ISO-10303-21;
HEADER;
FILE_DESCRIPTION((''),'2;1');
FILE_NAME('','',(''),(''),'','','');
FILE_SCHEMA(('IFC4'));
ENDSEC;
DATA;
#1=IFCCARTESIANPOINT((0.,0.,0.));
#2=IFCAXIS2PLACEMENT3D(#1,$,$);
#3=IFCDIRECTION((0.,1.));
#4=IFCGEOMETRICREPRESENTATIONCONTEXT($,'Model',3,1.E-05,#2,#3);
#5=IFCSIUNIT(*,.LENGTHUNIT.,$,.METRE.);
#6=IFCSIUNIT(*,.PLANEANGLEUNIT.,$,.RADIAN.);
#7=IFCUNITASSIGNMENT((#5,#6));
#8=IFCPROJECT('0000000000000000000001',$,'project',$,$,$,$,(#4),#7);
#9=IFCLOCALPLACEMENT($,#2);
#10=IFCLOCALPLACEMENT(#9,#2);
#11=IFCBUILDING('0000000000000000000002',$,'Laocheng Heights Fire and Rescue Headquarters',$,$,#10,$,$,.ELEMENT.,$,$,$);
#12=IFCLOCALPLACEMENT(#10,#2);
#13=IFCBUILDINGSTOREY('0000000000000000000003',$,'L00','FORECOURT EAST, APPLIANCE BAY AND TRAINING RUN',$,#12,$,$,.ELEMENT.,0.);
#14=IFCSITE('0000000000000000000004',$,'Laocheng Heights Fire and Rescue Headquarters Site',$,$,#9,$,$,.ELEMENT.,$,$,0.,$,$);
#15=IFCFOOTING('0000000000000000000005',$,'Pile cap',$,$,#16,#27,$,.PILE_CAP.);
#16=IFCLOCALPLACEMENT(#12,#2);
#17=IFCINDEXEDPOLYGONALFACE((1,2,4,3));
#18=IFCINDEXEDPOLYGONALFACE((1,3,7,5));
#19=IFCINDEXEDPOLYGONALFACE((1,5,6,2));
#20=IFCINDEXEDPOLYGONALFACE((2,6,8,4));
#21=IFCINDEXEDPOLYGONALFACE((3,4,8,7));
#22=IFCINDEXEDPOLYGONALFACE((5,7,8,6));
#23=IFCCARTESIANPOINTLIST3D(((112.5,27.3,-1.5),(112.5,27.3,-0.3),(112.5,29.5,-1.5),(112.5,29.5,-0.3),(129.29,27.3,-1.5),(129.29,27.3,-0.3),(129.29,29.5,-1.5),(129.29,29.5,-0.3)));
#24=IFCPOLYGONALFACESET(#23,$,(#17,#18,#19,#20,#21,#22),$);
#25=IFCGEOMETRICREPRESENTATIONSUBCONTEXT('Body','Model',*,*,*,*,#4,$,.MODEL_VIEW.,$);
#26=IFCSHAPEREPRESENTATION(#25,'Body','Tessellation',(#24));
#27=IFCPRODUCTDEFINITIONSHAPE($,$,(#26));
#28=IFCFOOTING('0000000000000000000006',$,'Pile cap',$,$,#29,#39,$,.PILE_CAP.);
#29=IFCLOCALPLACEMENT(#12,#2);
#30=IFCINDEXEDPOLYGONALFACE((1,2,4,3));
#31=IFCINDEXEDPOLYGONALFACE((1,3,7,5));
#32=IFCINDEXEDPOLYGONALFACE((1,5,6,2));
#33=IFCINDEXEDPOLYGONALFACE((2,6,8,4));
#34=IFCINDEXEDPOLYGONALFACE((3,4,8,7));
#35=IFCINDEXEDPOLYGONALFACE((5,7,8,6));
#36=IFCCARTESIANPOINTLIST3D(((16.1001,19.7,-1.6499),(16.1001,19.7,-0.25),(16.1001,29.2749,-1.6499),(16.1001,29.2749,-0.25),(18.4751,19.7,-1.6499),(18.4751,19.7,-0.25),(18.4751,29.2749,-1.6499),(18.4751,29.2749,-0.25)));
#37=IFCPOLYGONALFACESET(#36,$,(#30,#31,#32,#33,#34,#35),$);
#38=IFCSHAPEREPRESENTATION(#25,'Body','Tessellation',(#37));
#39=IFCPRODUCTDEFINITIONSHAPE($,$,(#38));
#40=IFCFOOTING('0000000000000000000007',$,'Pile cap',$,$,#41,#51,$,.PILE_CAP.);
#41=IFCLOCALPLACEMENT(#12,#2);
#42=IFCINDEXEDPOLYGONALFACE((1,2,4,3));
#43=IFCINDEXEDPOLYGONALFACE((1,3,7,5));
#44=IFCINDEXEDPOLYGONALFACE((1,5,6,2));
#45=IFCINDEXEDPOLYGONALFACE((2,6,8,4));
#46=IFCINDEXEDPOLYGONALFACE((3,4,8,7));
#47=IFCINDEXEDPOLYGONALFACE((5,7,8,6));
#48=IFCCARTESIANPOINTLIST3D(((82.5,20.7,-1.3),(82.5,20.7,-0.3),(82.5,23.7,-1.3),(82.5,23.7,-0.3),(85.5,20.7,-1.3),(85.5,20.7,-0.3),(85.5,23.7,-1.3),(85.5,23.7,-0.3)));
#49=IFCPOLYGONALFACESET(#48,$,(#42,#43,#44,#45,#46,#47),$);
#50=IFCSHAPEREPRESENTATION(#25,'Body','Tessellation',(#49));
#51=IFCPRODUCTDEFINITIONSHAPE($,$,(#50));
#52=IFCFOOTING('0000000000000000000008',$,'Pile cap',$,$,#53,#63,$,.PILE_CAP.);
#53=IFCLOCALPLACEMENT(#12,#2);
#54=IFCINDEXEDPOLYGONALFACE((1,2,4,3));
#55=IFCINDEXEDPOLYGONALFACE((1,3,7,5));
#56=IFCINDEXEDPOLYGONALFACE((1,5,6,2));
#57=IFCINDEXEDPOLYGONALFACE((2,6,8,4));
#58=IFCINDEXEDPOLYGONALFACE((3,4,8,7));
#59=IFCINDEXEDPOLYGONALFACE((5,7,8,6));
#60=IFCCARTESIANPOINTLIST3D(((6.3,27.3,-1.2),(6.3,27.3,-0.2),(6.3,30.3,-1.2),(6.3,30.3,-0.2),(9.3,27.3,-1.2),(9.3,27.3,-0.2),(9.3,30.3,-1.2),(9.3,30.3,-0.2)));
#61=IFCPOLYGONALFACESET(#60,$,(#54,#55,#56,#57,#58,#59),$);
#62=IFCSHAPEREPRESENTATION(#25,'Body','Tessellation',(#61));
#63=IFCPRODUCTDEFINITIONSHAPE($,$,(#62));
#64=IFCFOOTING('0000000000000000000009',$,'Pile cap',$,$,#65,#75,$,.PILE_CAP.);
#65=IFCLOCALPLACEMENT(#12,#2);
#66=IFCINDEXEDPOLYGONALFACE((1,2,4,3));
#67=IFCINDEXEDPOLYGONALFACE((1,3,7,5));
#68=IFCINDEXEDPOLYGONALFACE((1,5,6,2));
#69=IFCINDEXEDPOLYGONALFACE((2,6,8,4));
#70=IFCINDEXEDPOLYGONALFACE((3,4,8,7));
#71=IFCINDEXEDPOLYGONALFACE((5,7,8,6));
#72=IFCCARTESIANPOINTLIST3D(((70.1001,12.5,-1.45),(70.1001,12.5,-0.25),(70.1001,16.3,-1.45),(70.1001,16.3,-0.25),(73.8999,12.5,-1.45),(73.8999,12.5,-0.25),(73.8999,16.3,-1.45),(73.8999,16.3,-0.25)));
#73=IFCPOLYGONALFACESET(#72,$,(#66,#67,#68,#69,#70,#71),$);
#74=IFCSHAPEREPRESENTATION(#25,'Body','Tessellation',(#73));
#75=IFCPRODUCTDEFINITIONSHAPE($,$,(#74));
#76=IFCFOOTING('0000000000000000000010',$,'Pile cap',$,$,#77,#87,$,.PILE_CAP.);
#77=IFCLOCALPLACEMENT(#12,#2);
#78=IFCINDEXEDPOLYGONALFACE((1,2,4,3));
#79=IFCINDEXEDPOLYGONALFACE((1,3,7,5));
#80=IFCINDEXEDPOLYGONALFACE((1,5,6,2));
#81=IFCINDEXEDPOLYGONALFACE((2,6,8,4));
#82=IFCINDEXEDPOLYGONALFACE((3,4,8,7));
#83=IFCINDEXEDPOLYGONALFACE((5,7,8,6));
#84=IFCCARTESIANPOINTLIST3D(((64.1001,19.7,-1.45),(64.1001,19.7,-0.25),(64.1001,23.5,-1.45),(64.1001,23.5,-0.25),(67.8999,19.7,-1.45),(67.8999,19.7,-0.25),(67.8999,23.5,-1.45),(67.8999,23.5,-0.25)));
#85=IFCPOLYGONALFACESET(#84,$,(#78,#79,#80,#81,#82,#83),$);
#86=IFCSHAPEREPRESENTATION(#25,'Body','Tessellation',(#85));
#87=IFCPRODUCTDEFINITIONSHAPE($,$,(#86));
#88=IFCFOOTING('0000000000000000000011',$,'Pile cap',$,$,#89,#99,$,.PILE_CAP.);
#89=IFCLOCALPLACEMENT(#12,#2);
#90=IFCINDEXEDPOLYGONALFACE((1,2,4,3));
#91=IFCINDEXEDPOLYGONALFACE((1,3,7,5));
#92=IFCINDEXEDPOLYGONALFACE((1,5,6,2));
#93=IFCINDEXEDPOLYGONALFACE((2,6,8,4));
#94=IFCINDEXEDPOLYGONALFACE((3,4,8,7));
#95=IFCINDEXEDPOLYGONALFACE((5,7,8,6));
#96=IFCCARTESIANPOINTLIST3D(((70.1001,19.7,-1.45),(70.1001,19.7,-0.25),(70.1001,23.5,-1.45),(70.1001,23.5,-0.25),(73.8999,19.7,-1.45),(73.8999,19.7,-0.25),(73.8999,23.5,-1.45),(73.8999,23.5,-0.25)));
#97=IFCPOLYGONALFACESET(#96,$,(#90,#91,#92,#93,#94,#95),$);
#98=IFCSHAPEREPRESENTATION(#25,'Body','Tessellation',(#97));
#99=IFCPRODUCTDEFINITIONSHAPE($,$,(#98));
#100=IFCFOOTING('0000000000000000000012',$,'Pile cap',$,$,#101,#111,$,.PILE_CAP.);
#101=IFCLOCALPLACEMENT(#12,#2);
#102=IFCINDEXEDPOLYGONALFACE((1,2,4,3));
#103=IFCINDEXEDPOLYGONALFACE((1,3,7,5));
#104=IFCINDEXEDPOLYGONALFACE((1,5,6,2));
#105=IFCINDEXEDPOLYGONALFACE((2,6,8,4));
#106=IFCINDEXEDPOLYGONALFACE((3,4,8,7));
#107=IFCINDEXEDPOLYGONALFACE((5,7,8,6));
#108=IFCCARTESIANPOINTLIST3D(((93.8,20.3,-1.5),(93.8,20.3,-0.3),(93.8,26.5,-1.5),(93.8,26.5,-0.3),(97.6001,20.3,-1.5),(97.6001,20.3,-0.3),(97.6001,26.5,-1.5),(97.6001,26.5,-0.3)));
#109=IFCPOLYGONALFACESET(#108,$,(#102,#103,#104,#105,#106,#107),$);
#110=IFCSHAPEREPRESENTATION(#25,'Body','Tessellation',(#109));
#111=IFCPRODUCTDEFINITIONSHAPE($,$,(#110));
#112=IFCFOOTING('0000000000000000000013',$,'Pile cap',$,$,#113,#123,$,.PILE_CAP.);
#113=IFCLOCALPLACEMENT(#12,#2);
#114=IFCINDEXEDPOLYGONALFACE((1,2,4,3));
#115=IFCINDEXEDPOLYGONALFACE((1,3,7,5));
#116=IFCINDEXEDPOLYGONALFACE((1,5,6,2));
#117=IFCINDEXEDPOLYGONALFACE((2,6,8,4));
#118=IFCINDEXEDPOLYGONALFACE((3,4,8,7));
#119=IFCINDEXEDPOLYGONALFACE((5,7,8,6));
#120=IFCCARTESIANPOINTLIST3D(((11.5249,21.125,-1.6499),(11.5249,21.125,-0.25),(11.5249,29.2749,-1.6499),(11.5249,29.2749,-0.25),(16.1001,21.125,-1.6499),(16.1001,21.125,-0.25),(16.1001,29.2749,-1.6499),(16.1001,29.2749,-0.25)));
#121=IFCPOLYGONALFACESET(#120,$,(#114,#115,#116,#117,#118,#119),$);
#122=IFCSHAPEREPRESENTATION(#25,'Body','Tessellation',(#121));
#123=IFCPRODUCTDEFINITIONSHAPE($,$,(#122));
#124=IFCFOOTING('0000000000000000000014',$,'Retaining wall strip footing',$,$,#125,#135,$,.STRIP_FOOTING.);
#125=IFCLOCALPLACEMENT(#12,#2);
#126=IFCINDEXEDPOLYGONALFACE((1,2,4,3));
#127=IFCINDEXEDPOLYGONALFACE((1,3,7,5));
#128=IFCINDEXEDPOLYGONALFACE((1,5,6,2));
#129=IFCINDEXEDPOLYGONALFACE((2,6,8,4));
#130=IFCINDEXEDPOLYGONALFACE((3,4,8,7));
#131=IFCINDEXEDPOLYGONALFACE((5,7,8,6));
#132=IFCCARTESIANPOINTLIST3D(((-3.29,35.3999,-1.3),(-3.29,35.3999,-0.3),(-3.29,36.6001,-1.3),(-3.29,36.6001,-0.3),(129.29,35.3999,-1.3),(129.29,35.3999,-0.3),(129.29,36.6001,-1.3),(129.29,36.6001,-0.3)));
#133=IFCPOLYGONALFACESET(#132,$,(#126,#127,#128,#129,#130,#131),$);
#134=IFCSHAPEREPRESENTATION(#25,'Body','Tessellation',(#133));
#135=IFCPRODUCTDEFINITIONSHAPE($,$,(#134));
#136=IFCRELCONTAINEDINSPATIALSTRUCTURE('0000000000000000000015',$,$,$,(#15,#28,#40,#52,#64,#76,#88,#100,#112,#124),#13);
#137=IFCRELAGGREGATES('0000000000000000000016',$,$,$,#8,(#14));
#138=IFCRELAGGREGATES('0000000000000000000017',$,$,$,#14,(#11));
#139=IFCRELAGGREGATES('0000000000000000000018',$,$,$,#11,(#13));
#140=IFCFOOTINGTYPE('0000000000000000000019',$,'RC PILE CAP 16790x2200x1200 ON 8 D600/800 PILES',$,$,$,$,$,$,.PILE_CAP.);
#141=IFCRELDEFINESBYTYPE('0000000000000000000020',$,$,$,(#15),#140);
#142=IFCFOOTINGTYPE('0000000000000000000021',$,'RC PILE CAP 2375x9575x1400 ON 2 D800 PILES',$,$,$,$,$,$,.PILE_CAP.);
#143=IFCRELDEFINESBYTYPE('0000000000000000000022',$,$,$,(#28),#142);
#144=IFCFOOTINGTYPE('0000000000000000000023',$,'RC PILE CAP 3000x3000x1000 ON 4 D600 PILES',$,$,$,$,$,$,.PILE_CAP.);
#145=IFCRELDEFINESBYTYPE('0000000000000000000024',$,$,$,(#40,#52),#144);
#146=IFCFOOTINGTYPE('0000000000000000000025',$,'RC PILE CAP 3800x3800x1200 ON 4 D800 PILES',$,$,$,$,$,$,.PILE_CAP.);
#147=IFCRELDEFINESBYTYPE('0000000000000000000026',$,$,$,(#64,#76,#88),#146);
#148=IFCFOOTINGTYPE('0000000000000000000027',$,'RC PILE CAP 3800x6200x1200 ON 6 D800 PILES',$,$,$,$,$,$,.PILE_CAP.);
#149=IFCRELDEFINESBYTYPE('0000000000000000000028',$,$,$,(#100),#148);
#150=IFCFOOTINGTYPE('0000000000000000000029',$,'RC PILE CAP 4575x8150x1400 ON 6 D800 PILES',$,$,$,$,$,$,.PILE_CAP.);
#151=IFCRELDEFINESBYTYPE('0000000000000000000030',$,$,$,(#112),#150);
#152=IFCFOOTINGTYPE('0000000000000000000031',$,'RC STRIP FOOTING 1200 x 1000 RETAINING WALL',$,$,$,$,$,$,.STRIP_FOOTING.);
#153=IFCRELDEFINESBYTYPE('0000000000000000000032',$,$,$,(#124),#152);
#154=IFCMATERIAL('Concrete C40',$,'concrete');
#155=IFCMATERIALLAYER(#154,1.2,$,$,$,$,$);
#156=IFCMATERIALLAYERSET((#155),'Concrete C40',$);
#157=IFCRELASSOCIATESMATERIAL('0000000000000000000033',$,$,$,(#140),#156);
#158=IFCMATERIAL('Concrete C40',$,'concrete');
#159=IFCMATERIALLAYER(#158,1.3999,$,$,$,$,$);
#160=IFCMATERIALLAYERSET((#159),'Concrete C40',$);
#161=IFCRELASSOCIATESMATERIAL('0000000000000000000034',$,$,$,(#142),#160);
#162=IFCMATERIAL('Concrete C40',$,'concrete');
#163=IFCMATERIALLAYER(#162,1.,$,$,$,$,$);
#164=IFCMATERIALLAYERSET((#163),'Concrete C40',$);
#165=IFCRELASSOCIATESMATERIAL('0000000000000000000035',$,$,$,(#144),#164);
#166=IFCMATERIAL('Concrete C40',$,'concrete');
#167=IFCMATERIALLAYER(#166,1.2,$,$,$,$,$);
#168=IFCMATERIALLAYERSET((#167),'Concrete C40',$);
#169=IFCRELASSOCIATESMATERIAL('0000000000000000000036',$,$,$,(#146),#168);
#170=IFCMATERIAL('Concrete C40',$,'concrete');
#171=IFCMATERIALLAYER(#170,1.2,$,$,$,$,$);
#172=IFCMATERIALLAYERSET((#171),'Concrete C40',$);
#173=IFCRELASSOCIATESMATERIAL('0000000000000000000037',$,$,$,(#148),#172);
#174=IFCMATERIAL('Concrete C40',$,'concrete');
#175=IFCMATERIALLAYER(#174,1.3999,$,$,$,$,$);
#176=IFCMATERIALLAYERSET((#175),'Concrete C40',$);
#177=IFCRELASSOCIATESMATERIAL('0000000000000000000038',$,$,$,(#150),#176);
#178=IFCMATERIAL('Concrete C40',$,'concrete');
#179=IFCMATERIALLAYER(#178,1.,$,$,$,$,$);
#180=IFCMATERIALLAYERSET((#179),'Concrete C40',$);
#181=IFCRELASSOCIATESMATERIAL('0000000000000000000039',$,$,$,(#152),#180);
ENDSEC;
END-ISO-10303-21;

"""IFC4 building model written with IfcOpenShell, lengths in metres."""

from ifc_helpers import new_model, si_unit, direction, frame, origin, place, context, subcontext, project, spatial, polyline, outline, extrude, material, layer, layer_set, type_object, element, save


model = new_model("IFC4")

# Units and contexts
model_context = context("Model", 3, precision=1e-05, world=origin(), true_north=direction((0.0, 1.0)))
body_context = subcontext(model_context, "Body", "Model", "MODEL_VIEW")
ifc_project = project(units=[si_unit("LENGTHUNIT", "METRE"), si_unit("PLANEANGLEUNIT", "RADIAN")], contexts=[model_context])

# Site, building, storey
site_placement = place(None, origin())
site = spatial("IfcSite", under=ifc_project, at=site_placement, Name="Laocheng Heights Fire and Rescue Headquarters Site", CompositionType="ELEMENT", RefElevation=0.0)
building_placement = place(site_placement, origin())
building = spatial("IfcBuilding", under=site, at=building_placement, Name="Laocheng Heights Fire and Rescue Headquarters", CompositionType="ELEMENT")
storey_placement = place(building_placement, origin())
storey = spatial("IfcBuildingStorey", under=building, at=storey_placement, Name="L00", Description="FORECOURT EAST, APPLIANCE BAY AND TRAINING RUN", CompositionType="ELEMENT", Elevation=0.0)

# Footings
ifc_material_1 = material(Name="Concrete C40", Category="concrete")
ifc_layer_1 = layer(ifc_material_1, 1.2)
ifc_layer_set_1 = layer_set([ifc_layer_1], Name="Concrete C40")
footing_type_1 = type_object("IfcFootingType", Name="RC PILE CAP 16790x2200x1200 ON 8 D600/800 PILES", PredefinedType="PILE_CAP", material=ifc_layer_set_1)
footing_1_placement = place(storey_placement, frame((0.0, 0.0, -1.5)))
element("IfcFooting", 1, at=footing_1_placement, inside=storey, type_object=footing_type_1, Name="Pile cap", PredefinedType="PILE_CAP", context=body_context, shape_type="SweptSolid", body=[
    extrude(outline(polyline([(129.29, 27.3), (129.29, 29.5), (112.5, 29.5), (112.5, 27.3), (129.29, 27.3)])), origin(), (0.0, 0.0, 1.0), 1.2),
])
ifc_material_2 = material(Name="Concrete C40", Category="concrete")
ifc_layer_2 = layer(ifc_material_2, 1.3999)
ifc_layer_set_2 = layer_set([ifc_layer_2], Name="Concrete C40")
footing_type_2 = type_object("IfcFootingType", Name="RC PILE CAP 2375x9575x1400 ON 2 D800 PILES", PredefinedType="PILE_CAP", material=ifc_layer_set_2)
footing_2_placement = place(storey_placement, frame((0.0, 0.0, -1.6499)))
element("IfcFooting", 2, at=footing_2_placement, inside=storey, type_object=footing_type_2, Name="Pile cap", PredefinedType="PILE_CAP", context=body_context, shape_type="SweptSolid", body=[
    extrude(outline(polyline([(18.4751, 19.7), (18.4751, 29.2749), (16.1001, 29.2749), (16.1001, 19.7), (18.4751, 19.7)])), origin(), (0.0, 0.0, 1.0), 1.3999),
])
ifc_material_3 = material(Name="Concrete C40", Category="concrete")
ifc_layer_3 = layer(ifc_material_3, 1.0)
ifc_layer_set_3 = layer_set([ifc_layer_3], Name="Concrete C40")
footing_type_3 = type_object("IfcFootingType", Name="RC PILE CAP 3000x3000x1000 ON 4 D600 PILES", PredefinedType="PILE_CAP", material=ifc_layer_set_3)
footing_3_placement = place(storey_placement, frame((0.0, 0.0, -1.3)))
element("IfcFooting", 3, at=footing_3_placement, inside=storey, type_object=footing_type_3, Name="Pile cap", PredefinedType="PILE_CAP", context=body_context, shape_type="SweptSolid", body=[
    extrude(outline(polyline([(85.5, 20.7), (85.5, 23.7), (82.5, 23.7), (82.5, 20.7), (85.5, 20.7)])), origin(), (0.0, 0.0, 1.0), 1.0),
])
footing_4_placement = place(storey_placement, frame((0.0, 0.0, -1.2)))
element("IfcFooting", 4, at=footing_4_placement, inside=storey, type_object=footing_type_3, Name="Pile cap", PredefinedType="PILE_CAP", context=body_context, shape_type="SweptSolid", body=[
    extrude(outline(polyline([(9.3, 27.3), (9.3, 30.3), (6.3, 30.3), (6.3, 27.3), (9.3, 27.3)])), origin(), (0.0, 0.0, 1.0), 1.0),
])
ifc_material_4 = material(Name="Concrete C40", Category="concrete")
ifc_layer_4 = layer(ifc_material_4, 1.2)
ifc_layer_set_4 = layer_set([ifc_layer_4], Name="Concrete C40")
footing_type_4 = type_object("IfcFootingType", Name="RC PILE CAP 3800x3800x1200 ON 4 D800 PILES", PredefinedType="PILE_CAP", material=ifc_layer_set_4)
footing_5_placement = place(storey_placement, frame((0.0, 0.0, -1.45)))
element("IfcFooting", 5, at=footing_5_placement, inside=storey, type_object=footing_type_4, Name="Pile cap", PredefinedType="PILE_CAP", context=body_context, shape_type="SweptSolid", body=[
    extrude(outline(polyline([(73.8999, 12.5), (73.8999, 16.3), (70.1001, 16.3), (70.1001, 12.5), (73.8999, 12.5)])), origin(), (0.0, 0.0, 1.0), 1.2),
])
footing_6_placement = place(storey_placement, frame((0.0, 0.0, -1.45)))
element("IfcFooting", 6, at=footing_6_placement, inside=storey, type_object=footing_type_4, Name="Pile cap", PredefinedType="PILE_CAP", context=body_context, shape_type="SweptSolid", body=[
    extrude(outline(polyline([(67.8999, 19.7), (67.8999, 23.5), (64.1001, 23.5), (64.1001, 19.7), (67.8999, 19.7)])), origin(), (0.0, 0.0, 1.0), 1.2),
])
footing_7_placement = place(storey_placement, frame((0.0, 0.0, -1.45)))
element("IfcFooting", 7, at=footing_7_placement, inside=storey, type_object=footing_type_4, Name="Pile cap", PredefinedType="PILE_CAP", context=body_context, shape_type="SweptSolid", body=[
    extrude(outline(polyline([(73.8999, 19.7), (73.8999, 23.5), (70.1001, 23.5), (70.1001, 19.7), (73.8999, 19.7)])), origin(), (0.0, 0.0, 1.0), 1.2),
])
ifc_material_5 = material(Name="Concrete C40", Category="concrete")
ifc_layer_5 = layer(ifc_material_5, 1.2)
ifc_layer_set_5 = layer_set([ifc_layer_5], Name="Concrete C40")
footing_type_5 = type_object("IfcFootingType", Name="RC PILE CAP 3800x6200x1200 ON 6 D800 PILES", PredefinedType="PILE_CAP", material=ifc_layer_set_5)
footing_8_placement = place(storey_placement, frame((0.0, 0.0, -1.5)))
element("IfcFooting", 8, at=footing_8_placement, inside=storey, type_object=footing_type_5, Name="Pile cap", PredefinedType="PILE_CAP", context=body_context, shape_type="SweptSolid", body=[
    extrude(outline(polyline([(93.8, 20.3), (97.6001, 20.3), (97.6001, 26.5), (93.8, 26.5), (93.8, 20.3)])), origin(), (0.0, 0.0, 1.0), 1.2),
])
ifc_material_6 = material(Name="Concrete C40", Category="concrete")
ifc_layer_6 = layer(ifc_material_6, 1.3999)
ifc_layer_set_6 = layer_set([ifc_layer_6], Name="Concrete C40")
footing_type_6 = type_object("IfcFootingType", Name="RC PILE CAP 4575x8150x1400 ON 6 D800 PILES", PredefinedType="PILE_CAP", material=ifc_layer_set_6)
footing_9_placement = place(storey_placement, frame((0.0, 0.0, -1.6499)))
element("IfcFooting", 9, at=footing_9_placement, inside=storey, type_object=footing_type_6, Name="Pile cap", PredefinedType="PILE_CAP", context=body_context, shape_type="SweptSolid", body=[
    extrude(outline(polyline([(16.1001, 21.125), (16.1001, 29.2749), (11.5249, 29.2749), (11.5249, 21.125), (16.1001, 21.125)])), origin(), (0.0, 0.0, 1.0), 1.3999),
])
ifc_material_7 = material(Name="Concrete C40", Category="concrete")
ifc_layer_7 = layer(ifc_material_7, 1.0)
ifc_layer_set_7 = layer_set([ifc_layer_7], Name="Concrete C40")
footing_type_7 = type_object("IfcFootingType", Name="RC STRIP FOOTING 1200 x 1000 RETAINING WALL", PredefinedType="STRIP_FOOTING", material=ifc_layer_set_7)
footing_10_placement = place(storey_placement, frame((0.0, 0.0, -1.3)))
element("IfcFooting", 10, at=footing_10_placement, inside=storey, type_object=footing_type_7, Name="Retaining wall strip footing", PredefinedType="STRIP_FOOTING", context=body_context, shape_type="SweptSolid", body=[
    extrude(outline(polyline([(129.29, 35.3999), (129.29, 36.6001), (-3.29, 36.6001), (-3.29, 35.3999), (129.29, 35.3999)])), origin(), (0.0, 0.0, 1.0), 1.0),
])

save(model, "model.ifc")
